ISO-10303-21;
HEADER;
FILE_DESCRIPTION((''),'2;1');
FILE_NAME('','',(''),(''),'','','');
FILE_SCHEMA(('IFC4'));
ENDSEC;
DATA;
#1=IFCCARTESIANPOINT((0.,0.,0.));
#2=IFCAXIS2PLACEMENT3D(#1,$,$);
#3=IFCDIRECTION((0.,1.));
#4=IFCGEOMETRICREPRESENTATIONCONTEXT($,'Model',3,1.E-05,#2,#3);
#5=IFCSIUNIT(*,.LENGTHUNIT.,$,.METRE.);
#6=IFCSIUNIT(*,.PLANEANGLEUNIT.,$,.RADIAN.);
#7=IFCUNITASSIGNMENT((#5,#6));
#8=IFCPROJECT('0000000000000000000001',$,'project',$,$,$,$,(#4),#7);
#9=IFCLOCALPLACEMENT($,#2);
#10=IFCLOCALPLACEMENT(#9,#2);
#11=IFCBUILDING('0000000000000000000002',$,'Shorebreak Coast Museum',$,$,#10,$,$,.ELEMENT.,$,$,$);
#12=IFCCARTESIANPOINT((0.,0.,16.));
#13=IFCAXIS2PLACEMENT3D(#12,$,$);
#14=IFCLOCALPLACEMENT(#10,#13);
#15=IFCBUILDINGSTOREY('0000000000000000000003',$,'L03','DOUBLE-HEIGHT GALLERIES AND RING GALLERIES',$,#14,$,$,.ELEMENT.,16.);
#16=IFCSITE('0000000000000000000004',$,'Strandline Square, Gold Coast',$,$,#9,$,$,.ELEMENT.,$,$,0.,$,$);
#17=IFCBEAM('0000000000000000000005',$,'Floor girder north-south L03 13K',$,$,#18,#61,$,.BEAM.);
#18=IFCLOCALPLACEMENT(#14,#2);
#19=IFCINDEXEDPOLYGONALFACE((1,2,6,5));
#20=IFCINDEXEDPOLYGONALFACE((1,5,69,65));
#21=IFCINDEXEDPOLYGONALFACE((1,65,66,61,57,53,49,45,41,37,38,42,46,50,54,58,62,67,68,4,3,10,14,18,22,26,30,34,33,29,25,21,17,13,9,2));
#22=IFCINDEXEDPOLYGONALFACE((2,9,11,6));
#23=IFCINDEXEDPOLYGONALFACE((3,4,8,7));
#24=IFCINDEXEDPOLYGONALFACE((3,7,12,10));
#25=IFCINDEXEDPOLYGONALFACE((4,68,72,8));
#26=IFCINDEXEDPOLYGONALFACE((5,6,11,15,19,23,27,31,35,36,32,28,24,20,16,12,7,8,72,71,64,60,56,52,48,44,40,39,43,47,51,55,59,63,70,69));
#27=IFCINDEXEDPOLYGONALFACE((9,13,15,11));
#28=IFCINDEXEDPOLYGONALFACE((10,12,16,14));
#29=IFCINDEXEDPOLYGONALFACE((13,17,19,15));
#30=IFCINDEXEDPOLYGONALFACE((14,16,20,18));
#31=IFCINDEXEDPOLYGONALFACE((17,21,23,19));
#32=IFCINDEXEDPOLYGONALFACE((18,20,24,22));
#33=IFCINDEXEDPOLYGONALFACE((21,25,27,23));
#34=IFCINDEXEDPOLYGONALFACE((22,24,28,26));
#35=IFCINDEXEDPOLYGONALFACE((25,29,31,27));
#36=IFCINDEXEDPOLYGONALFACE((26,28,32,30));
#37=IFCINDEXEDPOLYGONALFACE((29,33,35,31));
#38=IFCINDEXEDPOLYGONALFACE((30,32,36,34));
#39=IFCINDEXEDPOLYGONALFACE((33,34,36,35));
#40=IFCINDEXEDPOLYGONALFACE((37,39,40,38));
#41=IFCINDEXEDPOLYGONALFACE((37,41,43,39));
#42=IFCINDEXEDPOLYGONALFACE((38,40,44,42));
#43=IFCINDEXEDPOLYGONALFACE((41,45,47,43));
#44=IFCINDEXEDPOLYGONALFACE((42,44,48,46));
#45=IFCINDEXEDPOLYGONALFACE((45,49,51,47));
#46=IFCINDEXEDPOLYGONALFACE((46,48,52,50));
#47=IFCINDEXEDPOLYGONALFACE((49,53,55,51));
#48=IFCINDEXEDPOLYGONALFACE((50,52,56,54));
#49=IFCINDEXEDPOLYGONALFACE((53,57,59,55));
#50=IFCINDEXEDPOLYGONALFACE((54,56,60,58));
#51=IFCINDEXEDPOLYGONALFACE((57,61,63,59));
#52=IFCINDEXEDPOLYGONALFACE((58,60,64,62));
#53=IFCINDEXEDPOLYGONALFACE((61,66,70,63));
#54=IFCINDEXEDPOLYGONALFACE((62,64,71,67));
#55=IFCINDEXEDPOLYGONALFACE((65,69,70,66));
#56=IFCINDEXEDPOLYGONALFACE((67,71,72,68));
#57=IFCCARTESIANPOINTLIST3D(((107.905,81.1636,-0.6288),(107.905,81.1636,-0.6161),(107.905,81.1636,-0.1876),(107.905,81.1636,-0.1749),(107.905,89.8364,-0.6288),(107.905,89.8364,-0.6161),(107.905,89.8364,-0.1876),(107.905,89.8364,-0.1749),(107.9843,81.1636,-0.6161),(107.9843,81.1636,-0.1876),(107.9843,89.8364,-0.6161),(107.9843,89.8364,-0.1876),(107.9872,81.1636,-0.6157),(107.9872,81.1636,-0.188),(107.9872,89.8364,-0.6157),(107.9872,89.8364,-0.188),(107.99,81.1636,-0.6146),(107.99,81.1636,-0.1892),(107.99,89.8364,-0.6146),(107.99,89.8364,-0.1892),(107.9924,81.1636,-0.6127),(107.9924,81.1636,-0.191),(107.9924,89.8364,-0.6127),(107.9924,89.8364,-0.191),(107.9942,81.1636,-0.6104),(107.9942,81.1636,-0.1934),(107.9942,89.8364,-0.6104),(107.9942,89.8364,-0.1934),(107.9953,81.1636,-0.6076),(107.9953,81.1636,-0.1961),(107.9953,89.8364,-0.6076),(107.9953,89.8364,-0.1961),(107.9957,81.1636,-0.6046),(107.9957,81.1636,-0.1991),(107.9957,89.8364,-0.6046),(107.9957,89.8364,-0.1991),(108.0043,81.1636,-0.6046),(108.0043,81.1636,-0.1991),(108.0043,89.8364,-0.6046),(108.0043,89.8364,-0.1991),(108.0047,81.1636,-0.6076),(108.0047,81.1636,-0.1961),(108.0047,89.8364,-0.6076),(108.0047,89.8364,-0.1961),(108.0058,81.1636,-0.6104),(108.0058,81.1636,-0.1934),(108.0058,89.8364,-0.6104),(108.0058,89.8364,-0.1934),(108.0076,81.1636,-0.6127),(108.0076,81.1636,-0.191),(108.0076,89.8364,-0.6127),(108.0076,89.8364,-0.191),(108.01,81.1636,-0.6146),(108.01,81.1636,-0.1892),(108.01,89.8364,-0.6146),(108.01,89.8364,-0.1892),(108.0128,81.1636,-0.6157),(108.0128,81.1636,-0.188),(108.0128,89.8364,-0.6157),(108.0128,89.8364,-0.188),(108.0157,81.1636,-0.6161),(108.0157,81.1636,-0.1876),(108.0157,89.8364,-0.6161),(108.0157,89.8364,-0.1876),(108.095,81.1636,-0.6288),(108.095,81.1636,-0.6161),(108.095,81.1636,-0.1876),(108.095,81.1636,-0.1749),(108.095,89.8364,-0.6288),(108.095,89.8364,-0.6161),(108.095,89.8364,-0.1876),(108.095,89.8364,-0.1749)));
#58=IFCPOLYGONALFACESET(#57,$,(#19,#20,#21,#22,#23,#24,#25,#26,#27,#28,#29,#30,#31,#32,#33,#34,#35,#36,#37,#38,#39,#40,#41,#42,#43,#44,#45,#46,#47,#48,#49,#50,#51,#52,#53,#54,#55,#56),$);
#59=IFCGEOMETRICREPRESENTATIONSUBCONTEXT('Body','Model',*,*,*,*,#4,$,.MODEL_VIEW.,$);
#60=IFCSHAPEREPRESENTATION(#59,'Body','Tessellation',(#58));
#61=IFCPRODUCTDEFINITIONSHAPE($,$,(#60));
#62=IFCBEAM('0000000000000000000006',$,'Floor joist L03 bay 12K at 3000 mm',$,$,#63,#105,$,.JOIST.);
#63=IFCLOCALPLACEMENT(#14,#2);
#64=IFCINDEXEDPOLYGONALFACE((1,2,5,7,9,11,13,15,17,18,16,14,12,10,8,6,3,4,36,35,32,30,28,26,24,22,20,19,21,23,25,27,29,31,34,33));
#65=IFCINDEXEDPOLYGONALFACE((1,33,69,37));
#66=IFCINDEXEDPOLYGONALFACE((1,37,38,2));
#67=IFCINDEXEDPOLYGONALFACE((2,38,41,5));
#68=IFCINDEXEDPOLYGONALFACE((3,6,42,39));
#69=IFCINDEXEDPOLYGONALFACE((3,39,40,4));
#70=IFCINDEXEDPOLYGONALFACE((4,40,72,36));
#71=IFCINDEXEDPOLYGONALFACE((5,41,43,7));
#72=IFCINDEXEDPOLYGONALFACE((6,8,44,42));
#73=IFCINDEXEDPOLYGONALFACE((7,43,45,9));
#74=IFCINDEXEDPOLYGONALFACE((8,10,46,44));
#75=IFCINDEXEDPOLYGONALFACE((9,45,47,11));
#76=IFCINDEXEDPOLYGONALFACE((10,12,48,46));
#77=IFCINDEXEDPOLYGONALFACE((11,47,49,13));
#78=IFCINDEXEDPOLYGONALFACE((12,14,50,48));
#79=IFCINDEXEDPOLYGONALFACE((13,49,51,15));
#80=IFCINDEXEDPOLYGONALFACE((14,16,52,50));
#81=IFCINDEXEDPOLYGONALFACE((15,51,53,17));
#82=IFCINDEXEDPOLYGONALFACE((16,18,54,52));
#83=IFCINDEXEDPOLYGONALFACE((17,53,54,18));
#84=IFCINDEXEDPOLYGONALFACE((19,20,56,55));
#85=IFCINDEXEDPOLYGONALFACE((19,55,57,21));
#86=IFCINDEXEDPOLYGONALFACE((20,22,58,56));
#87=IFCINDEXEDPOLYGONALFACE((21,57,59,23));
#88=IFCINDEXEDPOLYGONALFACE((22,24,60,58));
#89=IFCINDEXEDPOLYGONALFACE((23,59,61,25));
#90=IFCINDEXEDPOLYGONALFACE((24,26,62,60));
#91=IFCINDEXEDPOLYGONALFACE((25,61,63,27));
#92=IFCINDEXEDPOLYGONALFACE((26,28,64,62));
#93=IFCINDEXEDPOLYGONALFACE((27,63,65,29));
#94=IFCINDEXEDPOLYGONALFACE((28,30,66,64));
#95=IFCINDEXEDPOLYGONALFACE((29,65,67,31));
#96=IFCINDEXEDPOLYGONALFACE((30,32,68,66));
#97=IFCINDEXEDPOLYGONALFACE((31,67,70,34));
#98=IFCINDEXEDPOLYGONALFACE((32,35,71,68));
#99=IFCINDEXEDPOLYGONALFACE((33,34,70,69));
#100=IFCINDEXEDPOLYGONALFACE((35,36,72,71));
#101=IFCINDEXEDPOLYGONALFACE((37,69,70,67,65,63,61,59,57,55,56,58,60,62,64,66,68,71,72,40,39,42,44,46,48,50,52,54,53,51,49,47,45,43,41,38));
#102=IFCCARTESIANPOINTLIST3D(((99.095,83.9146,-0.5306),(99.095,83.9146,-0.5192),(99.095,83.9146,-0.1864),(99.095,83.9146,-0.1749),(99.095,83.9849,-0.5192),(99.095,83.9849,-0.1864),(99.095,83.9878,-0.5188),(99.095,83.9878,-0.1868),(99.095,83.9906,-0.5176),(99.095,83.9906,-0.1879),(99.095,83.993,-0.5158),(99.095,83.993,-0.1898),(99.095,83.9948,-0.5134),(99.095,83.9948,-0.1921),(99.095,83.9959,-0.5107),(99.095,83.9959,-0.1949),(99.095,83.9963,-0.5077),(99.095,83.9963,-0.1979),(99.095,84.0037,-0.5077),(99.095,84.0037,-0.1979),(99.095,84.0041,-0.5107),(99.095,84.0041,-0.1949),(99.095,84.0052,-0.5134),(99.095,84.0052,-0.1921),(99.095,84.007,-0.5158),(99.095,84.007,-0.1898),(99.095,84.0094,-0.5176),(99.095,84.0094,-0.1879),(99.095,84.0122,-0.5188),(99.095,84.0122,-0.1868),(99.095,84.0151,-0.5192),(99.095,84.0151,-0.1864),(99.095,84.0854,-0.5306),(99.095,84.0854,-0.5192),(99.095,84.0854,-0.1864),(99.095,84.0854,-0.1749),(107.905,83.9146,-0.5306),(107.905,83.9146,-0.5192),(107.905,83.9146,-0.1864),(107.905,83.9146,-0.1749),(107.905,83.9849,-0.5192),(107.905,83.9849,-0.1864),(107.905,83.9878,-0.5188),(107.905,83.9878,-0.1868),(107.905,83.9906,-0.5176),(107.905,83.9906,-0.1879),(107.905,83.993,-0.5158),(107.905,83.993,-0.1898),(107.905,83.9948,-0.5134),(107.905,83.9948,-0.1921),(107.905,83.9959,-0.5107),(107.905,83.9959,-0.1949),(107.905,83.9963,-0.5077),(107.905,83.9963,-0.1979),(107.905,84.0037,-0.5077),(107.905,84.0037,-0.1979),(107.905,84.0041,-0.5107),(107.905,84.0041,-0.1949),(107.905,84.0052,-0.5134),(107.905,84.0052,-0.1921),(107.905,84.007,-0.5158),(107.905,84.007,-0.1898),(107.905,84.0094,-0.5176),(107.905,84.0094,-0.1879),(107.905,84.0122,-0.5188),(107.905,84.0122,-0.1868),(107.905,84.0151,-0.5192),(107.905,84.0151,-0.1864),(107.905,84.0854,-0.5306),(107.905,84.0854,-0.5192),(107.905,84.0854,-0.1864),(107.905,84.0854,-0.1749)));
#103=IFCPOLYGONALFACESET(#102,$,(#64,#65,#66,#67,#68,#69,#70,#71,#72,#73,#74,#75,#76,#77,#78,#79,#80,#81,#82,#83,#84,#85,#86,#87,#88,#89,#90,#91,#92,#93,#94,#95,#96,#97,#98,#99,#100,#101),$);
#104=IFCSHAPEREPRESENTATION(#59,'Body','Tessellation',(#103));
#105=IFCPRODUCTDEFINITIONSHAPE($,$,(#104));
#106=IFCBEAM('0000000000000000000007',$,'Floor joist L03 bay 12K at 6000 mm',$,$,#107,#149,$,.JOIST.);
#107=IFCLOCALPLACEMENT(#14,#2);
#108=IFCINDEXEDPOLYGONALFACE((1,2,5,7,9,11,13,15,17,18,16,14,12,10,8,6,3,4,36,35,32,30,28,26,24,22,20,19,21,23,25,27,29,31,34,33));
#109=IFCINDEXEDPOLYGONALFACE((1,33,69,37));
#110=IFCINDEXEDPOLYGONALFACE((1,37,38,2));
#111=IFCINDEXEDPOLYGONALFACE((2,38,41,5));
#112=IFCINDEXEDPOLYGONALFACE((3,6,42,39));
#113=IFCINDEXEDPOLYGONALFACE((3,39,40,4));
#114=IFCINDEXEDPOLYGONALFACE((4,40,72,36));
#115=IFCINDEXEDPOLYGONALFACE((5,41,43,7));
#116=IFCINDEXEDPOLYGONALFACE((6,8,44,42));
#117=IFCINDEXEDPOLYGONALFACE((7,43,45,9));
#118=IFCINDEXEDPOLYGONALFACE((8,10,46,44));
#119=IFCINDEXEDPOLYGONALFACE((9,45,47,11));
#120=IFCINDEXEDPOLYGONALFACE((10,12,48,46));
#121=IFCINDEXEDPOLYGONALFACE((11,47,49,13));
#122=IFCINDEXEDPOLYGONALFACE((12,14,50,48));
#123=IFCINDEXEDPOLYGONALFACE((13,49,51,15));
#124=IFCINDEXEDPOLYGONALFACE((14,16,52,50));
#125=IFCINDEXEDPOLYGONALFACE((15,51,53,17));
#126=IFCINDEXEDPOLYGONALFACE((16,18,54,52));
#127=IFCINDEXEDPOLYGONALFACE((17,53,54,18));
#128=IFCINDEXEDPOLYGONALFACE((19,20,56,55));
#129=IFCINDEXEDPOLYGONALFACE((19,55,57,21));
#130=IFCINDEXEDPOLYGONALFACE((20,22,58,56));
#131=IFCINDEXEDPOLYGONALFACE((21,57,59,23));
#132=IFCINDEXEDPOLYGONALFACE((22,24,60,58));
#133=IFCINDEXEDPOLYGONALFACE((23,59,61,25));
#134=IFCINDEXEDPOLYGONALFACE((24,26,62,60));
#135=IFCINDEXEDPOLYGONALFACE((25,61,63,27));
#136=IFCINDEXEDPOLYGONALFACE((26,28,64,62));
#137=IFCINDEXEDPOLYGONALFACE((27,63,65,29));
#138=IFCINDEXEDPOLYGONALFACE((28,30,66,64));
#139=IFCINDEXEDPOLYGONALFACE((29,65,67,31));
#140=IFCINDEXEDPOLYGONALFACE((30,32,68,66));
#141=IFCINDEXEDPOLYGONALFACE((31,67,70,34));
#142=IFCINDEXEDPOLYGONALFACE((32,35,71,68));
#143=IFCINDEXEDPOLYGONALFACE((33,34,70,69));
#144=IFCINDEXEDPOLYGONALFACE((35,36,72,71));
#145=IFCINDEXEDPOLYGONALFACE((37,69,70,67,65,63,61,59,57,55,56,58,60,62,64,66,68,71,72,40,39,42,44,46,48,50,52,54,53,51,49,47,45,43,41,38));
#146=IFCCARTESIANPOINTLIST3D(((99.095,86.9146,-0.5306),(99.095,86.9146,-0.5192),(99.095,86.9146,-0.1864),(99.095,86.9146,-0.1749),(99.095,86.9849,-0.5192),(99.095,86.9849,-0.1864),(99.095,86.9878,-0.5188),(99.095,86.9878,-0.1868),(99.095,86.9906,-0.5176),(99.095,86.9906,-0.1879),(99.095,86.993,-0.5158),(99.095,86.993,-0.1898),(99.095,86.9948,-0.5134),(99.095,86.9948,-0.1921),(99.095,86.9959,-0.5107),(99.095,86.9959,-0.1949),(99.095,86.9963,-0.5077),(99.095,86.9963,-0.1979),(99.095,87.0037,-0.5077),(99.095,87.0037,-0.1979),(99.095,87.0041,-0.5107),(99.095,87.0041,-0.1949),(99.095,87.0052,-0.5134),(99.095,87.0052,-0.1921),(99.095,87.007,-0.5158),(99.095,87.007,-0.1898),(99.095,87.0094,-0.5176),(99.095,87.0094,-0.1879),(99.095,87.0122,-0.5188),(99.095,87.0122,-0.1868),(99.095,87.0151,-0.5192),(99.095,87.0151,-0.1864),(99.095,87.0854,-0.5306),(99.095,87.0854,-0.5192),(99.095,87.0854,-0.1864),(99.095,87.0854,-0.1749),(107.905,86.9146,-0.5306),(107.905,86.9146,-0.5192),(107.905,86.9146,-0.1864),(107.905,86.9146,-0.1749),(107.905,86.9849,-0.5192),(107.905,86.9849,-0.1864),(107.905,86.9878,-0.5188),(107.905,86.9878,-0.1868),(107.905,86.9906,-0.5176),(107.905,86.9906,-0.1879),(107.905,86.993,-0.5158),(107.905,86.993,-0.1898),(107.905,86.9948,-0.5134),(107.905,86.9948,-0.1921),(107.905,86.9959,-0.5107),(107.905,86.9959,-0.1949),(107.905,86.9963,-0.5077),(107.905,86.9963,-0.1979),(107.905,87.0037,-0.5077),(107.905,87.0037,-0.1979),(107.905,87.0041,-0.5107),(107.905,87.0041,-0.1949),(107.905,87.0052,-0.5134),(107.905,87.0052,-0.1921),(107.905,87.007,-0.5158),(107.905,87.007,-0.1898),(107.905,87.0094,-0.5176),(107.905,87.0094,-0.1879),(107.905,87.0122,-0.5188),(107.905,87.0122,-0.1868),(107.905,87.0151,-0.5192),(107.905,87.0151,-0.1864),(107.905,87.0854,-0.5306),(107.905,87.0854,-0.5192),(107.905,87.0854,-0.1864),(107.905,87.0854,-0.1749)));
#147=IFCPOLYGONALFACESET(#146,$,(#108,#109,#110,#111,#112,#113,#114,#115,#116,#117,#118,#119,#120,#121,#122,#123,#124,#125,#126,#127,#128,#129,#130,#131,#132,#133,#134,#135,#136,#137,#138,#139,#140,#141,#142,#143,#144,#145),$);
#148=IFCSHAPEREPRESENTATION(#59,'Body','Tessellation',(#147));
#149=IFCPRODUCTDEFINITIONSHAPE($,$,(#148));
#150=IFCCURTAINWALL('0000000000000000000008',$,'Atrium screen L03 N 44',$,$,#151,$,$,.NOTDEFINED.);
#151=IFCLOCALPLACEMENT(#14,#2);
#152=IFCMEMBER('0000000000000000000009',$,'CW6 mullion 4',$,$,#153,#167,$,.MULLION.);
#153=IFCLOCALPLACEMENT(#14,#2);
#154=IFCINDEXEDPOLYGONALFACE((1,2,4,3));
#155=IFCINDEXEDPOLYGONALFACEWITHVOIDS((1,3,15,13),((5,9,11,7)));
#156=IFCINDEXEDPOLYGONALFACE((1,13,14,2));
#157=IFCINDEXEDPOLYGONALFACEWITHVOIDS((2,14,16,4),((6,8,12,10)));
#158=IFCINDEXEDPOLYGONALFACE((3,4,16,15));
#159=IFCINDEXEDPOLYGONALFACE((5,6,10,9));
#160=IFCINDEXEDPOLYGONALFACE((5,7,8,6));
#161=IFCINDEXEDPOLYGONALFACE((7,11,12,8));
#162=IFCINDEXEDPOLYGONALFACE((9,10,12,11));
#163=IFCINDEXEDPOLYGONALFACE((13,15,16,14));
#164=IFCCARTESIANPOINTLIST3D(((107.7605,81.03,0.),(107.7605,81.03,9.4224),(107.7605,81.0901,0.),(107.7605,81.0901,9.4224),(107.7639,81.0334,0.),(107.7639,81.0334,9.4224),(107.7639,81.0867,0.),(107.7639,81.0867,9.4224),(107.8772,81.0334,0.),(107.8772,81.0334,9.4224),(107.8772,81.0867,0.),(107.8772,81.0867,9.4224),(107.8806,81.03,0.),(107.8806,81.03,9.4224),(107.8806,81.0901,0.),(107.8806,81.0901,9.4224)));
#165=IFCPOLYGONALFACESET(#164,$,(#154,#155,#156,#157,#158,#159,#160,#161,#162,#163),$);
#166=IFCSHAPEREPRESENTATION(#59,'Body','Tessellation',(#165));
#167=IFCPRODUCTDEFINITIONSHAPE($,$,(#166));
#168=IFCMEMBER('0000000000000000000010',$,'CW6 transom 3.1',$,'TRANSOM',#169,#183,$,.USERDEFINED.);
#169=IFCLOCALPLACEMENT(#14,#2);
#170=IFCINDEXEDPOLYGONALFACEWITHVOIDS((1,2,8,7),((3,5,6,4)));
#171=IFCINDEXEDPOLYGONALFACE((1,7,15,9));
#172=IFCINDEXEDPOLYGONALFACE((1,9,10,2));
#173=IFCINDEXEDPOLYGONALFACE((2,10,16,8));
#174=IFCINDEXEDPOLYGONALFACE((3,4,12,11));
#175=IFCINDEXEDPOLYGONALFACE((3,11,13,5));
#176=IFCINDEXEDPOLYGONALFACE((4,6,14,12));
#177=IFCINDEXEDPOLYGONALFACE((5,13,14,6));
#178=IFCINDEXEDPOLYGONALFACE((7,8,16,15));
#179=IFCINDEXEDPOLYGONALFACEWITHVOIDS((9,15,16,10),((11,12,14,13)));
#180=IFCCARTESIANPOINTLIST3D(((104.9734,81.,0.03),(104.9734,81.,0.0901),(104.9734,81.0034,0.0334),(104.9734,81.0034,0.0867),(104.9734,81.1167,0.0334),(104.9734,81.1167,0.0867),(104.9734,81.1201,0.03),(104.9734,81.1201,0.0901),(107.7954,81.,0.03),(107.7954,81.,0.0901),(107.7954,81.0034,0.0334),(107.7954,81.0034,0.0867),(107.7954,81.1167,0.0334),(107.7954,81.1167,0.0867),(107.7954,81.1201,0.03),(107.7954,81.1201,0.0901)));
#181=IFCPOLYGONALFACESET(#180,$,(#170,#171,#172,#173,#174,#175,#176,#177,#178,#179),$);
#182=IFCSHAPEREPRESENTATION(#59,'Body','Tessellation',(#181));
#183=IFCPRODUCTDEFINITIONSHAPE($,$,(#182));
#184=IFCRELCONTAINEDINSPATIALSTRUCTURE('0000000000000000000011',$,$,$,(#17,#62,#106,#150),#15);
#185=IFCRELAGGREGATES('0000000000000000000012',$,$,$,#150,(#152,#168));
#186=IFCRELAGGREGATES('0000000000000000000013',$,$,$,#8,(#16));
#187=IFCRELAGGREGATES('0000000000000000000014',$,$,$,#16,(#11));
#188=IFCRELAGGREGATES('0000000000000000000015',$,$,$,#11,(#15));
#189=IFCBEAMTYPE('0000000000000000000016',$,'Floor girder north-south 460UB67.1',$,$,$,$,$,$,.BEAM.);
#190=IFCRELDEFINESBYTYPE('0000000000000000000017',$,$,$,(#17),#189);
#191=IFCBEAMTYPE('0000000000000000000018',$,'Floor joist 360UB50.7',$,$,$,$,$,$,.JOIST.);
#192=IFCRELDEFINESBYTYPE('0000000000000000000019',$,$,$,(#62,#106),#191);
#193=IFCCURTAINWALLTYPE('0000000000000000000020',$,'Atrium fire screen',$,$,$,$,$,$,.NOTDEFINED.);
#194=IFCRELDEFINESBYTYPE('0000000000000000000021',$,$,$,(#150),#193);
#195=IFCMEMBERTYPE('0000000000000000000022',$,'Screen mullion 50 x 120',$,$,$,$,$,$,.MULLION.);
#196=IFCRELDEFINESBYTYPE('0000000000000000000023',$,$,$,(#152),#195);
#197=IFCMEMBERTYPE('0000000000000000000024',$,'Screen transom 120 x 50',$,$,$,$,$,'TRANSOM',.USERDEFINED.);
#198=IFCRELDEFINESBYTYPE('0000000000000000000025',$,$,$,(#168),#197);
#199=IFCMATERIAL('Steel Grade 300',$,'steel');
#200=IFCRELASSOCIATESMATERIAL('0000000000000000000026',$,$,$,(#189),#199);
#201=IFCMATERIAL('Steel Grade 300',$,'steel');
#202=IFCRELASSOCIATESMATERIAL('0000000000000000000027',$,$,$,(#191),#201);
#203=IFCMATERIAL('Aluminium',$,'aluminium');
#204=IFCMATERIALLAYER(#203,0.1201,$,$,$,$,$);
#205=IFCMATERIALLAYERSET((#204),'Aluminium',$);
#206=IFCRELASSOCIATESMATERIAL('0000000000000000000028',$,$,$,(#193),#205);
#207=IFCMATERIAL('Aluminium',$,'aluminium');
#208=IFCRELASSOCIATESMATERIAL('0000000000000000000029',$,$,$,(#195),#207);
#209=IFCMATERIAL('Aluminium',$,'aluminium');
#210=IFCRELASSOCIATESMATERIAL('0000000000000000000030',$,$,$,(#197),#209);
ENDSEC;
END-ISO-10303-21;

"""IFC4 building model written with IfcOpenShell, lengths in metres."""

from ifc_helpers import new_model, si_unit, direction, frame, origin, origin_2d, place, context, subcontext, project, spatial, hollow_rectangle, i_section, extrude, material, layer, layer_set, material_profile, profile_set, type_object, element, aggregate, save


model = new_model("IFC4")

# Units and contexts
model_context = context("Model", 3, precision=1e-05, world=origin(), true_north=direction((0.0, 1.0)))
body_context = subcontext(model_context, "Body", "Model", "MODEL_VIEW")
ifc_project = project(units=[si_unit("LENGTHUNIT", "METRE"), si_unit("PLANEANGLEUNIT", "RADIAN")], contexts=[model_context])

# Site, building, storey
site_placement = place(None, origin())
site = spatial("IfcSite", under=ifc_project, at=site_placement, Name="Strandline Square, Gold Coast", CompositionType="ELEMENT", RefElevation=0.0)
building_placement = place(site_placement, origin())
building = spatial("IfcBuilding", under=site, at=building_placement, Name="Shorebreak Coast Museum", CompositionType="ELEMENT")
storey_placement = place(building_placement, frame((0.0, 0.0, 16.0)))
storey = spatial("IfcBuildingStorey", under=building, at=storey_placement, Name="L03", Description="DOUBLE-HEIGHT GALLERIES AND RING GALLERIES", CompositionType="ELEMENT", Elevation=16.0)

# Beams
ifc_material_1 = material(Name="Steel Grade 300", Category="steel")
ifc_material_profile_1 = material_profile(ifc_material_1, i_section(OverallWidth=0.1899, OverallDepth=0.4539, WebThickness=0.0085, FlangeThickness=0.0127, FilletRadius=0.0115, at=origin_2d()), Name="460UB67.1")
ifc_profile_set_1 = profile_set([ifc_material_profile_1], Name="Steel Grade 300")
beam_type_1 = type_object("IfcBeamType", Name="Floor girder north-south 460UB67.1", PredefinedType="BEAM", material=ifc_profile_set_1)
beam_placement = place(storey_placement, frame((108.0, 81.1636, -0.4019), z_axis=(0.0, 1.0, 0.0), x_axis=(-1.0, 0.0, 0.0)))
element("IfcBeam", 1, at=beam_placement, inside=storey, type_object=beam_type_1, Name="Floor girder north-south L03 13K", PredefinedType="BEAM", context=body_context, shape_type="SweptSolid", body=[
    extrude(i_section(OverallWidth=0.1899, OverallDepth=0.4539, WebThickness=0.0085, FlangeThickness=0.0127, FilletRadius=0.0115, at=origin_2d()), origin(), (0.0, 0.0, 1.0), 8.6729),
])
ifc_material_2 = material(Name="Steel Grade 300", Category="steel")
ifc_material_profile_2 = material_profile(ifc_material_2, i_section(OverallWidth=0.1709, OverallDepth=0.3557, WebThickness=0.0073, FlangeThickness=0.0115, FilletRadius=0.0115, at=origin_2d()), Name="360UB50.7")
ifc_profile_set_2 = profile_set([ifc_material_profile_2], Name="Steel Grade 300")
beam_type_2 = type_object("IfcBeamType", Name="Floor joist 360UB50.7", PredefinedType="JOIST", material=ifc_profile_set_2)
for number, where, z_axis, x_axis, name in (
    (2, (99.095, 84.0, -0.3528), (1.0, 0.0, 0.0), (0.0, 1.0, 0.0), "Floor joist L03 bay 12K at 3000 mm"),
    (3, (99.095, 87.0, -0.3528), (1.0, 0.0, 0.0), (0.0, 1.0, 0.0), "Floor joist L03 bay 12K at 6000 mm"),
):
    element("IfcBeam", number, at=place(storey_placement, frame(where, z_axis=z_axis, x_axis=x_axis)), inside=storey, type_object=beam_type_2, Name=name, PredefinedType="JOIST", context=body_context, shape_type="SweptSolid", body=[
        extrude(i_section(OverallWidth=0.1709, OverallDepth=0.3557, WebThickness=0.0073, FlangeThickness=0.0115, FilletRadius=0.0115, at=origin_2d()), origin(), (0.0, 0.0, 1.0), 8.8101),
    ])

# Curtain wall, members
ifc_material_3 = material(Name="Aluminium", Category="aluminium")
ifc_layer_1 = layer(ifc_material_3, 0.1201)
ifc_layer_set_1 = layer_set([ifc_layer_1], Name="Aluminium")
curtain_wall_type = type_object("IfcCurtainWallType", Name="Atrium fire screen", PredefinedType="NOTDEFINED", material=ifc_layer_set_1)
curtain_wall_placement = place(storey_placement, origin())
curtain_wall = element("IfcCurtainWall", 4, at=curtain_wall_placement, inside=storey, type_object=curtain_wall_type, Name="Atrium screen L03 N 44", PredefinedType="NOTDEFINED")
ifc_material_4 = material(Name="Aluminium", Category="aluminium")
ifc_material_profile_3 = material_profile(ifc_material_4, hollow_rectangle(XDim=0.0601, YDim=0.1201, WallThickness=0.0034, at=origin_2d()), Name="AL 120x60 RHS")
ifc_profile_set_3 = profile_set([ifc_material_profile_3], Name="Aluminium")
member_type_1 = type_object("IfcMemberType", Name="Screen mullion 50 x 120", PredefinedType="MULLION", material=ifc_profile_set_3)
member_1_placement = place(storey_placement, frame((107.8206, 81.0601, 0.0), z_axis=(0.0, 0.0, 1.0), x_axis=(0.0, 1.0, 0.0)))
member_1 = element("IfcMember", 5, at=member_1_placement, type_object=member_type_1, Name="CW6 mullion 4", PredefinedType="MULLION", context=body_context, shape_type="SweptSolid", body=[
    extrude(hollow_rectangle(XDim=0.0601, YDim=0.1201, WallThickness=0.0034, at=origin_2d()), origin(), (0.0, 0.0, 1.0), 9.4224),
])
ifc_material_5 = material(Name="Aluminium", Category="aluminium")
ifc_material_profile_4 = material_profile(ifc_material_5, hollow_rectangle(XDim=0.1201, YDim=0.0601, WallThickness=0.0034, at=origin_2d()), Name="AL 60x120 RHS")
ifc_profile_set_4 = profile_set([ifc_material_profile_4], Name="Aluminium")
member_type_2 = type_object("IfcMemberType", Name="Screen transom 120 x 50", ElementType="TRANSOM", PredefinedType="USERDEFINED", material=ifc_profile_set_4)
member_2_placement = place(storey_placement, frame((104.9734, 81.0601, 0.0601), z_axis=(1.0, 0.0, 0.0), x_axis=(0.0, 1.0, 0.0)))
member_2 = element("IfcMember", 6, at=member_2_placement, type_object=member_type_2, Name="CW6 transom 3.1", ObjectType="TRANSOM", PredefinedType="USERDEFINED", context=body_context, shape_type="SweptSolid", body=[
    extrude(hollow_rectangle(XDim=0.1201, YDim=0.0601, WallThickness=0.0034, at=origin_2d()), origin(), (0.0, 0.0, 1.0), 2.822),
])
aggregate(curtain_wall, [member_1, member_2])

save(model, "model.ifc")
